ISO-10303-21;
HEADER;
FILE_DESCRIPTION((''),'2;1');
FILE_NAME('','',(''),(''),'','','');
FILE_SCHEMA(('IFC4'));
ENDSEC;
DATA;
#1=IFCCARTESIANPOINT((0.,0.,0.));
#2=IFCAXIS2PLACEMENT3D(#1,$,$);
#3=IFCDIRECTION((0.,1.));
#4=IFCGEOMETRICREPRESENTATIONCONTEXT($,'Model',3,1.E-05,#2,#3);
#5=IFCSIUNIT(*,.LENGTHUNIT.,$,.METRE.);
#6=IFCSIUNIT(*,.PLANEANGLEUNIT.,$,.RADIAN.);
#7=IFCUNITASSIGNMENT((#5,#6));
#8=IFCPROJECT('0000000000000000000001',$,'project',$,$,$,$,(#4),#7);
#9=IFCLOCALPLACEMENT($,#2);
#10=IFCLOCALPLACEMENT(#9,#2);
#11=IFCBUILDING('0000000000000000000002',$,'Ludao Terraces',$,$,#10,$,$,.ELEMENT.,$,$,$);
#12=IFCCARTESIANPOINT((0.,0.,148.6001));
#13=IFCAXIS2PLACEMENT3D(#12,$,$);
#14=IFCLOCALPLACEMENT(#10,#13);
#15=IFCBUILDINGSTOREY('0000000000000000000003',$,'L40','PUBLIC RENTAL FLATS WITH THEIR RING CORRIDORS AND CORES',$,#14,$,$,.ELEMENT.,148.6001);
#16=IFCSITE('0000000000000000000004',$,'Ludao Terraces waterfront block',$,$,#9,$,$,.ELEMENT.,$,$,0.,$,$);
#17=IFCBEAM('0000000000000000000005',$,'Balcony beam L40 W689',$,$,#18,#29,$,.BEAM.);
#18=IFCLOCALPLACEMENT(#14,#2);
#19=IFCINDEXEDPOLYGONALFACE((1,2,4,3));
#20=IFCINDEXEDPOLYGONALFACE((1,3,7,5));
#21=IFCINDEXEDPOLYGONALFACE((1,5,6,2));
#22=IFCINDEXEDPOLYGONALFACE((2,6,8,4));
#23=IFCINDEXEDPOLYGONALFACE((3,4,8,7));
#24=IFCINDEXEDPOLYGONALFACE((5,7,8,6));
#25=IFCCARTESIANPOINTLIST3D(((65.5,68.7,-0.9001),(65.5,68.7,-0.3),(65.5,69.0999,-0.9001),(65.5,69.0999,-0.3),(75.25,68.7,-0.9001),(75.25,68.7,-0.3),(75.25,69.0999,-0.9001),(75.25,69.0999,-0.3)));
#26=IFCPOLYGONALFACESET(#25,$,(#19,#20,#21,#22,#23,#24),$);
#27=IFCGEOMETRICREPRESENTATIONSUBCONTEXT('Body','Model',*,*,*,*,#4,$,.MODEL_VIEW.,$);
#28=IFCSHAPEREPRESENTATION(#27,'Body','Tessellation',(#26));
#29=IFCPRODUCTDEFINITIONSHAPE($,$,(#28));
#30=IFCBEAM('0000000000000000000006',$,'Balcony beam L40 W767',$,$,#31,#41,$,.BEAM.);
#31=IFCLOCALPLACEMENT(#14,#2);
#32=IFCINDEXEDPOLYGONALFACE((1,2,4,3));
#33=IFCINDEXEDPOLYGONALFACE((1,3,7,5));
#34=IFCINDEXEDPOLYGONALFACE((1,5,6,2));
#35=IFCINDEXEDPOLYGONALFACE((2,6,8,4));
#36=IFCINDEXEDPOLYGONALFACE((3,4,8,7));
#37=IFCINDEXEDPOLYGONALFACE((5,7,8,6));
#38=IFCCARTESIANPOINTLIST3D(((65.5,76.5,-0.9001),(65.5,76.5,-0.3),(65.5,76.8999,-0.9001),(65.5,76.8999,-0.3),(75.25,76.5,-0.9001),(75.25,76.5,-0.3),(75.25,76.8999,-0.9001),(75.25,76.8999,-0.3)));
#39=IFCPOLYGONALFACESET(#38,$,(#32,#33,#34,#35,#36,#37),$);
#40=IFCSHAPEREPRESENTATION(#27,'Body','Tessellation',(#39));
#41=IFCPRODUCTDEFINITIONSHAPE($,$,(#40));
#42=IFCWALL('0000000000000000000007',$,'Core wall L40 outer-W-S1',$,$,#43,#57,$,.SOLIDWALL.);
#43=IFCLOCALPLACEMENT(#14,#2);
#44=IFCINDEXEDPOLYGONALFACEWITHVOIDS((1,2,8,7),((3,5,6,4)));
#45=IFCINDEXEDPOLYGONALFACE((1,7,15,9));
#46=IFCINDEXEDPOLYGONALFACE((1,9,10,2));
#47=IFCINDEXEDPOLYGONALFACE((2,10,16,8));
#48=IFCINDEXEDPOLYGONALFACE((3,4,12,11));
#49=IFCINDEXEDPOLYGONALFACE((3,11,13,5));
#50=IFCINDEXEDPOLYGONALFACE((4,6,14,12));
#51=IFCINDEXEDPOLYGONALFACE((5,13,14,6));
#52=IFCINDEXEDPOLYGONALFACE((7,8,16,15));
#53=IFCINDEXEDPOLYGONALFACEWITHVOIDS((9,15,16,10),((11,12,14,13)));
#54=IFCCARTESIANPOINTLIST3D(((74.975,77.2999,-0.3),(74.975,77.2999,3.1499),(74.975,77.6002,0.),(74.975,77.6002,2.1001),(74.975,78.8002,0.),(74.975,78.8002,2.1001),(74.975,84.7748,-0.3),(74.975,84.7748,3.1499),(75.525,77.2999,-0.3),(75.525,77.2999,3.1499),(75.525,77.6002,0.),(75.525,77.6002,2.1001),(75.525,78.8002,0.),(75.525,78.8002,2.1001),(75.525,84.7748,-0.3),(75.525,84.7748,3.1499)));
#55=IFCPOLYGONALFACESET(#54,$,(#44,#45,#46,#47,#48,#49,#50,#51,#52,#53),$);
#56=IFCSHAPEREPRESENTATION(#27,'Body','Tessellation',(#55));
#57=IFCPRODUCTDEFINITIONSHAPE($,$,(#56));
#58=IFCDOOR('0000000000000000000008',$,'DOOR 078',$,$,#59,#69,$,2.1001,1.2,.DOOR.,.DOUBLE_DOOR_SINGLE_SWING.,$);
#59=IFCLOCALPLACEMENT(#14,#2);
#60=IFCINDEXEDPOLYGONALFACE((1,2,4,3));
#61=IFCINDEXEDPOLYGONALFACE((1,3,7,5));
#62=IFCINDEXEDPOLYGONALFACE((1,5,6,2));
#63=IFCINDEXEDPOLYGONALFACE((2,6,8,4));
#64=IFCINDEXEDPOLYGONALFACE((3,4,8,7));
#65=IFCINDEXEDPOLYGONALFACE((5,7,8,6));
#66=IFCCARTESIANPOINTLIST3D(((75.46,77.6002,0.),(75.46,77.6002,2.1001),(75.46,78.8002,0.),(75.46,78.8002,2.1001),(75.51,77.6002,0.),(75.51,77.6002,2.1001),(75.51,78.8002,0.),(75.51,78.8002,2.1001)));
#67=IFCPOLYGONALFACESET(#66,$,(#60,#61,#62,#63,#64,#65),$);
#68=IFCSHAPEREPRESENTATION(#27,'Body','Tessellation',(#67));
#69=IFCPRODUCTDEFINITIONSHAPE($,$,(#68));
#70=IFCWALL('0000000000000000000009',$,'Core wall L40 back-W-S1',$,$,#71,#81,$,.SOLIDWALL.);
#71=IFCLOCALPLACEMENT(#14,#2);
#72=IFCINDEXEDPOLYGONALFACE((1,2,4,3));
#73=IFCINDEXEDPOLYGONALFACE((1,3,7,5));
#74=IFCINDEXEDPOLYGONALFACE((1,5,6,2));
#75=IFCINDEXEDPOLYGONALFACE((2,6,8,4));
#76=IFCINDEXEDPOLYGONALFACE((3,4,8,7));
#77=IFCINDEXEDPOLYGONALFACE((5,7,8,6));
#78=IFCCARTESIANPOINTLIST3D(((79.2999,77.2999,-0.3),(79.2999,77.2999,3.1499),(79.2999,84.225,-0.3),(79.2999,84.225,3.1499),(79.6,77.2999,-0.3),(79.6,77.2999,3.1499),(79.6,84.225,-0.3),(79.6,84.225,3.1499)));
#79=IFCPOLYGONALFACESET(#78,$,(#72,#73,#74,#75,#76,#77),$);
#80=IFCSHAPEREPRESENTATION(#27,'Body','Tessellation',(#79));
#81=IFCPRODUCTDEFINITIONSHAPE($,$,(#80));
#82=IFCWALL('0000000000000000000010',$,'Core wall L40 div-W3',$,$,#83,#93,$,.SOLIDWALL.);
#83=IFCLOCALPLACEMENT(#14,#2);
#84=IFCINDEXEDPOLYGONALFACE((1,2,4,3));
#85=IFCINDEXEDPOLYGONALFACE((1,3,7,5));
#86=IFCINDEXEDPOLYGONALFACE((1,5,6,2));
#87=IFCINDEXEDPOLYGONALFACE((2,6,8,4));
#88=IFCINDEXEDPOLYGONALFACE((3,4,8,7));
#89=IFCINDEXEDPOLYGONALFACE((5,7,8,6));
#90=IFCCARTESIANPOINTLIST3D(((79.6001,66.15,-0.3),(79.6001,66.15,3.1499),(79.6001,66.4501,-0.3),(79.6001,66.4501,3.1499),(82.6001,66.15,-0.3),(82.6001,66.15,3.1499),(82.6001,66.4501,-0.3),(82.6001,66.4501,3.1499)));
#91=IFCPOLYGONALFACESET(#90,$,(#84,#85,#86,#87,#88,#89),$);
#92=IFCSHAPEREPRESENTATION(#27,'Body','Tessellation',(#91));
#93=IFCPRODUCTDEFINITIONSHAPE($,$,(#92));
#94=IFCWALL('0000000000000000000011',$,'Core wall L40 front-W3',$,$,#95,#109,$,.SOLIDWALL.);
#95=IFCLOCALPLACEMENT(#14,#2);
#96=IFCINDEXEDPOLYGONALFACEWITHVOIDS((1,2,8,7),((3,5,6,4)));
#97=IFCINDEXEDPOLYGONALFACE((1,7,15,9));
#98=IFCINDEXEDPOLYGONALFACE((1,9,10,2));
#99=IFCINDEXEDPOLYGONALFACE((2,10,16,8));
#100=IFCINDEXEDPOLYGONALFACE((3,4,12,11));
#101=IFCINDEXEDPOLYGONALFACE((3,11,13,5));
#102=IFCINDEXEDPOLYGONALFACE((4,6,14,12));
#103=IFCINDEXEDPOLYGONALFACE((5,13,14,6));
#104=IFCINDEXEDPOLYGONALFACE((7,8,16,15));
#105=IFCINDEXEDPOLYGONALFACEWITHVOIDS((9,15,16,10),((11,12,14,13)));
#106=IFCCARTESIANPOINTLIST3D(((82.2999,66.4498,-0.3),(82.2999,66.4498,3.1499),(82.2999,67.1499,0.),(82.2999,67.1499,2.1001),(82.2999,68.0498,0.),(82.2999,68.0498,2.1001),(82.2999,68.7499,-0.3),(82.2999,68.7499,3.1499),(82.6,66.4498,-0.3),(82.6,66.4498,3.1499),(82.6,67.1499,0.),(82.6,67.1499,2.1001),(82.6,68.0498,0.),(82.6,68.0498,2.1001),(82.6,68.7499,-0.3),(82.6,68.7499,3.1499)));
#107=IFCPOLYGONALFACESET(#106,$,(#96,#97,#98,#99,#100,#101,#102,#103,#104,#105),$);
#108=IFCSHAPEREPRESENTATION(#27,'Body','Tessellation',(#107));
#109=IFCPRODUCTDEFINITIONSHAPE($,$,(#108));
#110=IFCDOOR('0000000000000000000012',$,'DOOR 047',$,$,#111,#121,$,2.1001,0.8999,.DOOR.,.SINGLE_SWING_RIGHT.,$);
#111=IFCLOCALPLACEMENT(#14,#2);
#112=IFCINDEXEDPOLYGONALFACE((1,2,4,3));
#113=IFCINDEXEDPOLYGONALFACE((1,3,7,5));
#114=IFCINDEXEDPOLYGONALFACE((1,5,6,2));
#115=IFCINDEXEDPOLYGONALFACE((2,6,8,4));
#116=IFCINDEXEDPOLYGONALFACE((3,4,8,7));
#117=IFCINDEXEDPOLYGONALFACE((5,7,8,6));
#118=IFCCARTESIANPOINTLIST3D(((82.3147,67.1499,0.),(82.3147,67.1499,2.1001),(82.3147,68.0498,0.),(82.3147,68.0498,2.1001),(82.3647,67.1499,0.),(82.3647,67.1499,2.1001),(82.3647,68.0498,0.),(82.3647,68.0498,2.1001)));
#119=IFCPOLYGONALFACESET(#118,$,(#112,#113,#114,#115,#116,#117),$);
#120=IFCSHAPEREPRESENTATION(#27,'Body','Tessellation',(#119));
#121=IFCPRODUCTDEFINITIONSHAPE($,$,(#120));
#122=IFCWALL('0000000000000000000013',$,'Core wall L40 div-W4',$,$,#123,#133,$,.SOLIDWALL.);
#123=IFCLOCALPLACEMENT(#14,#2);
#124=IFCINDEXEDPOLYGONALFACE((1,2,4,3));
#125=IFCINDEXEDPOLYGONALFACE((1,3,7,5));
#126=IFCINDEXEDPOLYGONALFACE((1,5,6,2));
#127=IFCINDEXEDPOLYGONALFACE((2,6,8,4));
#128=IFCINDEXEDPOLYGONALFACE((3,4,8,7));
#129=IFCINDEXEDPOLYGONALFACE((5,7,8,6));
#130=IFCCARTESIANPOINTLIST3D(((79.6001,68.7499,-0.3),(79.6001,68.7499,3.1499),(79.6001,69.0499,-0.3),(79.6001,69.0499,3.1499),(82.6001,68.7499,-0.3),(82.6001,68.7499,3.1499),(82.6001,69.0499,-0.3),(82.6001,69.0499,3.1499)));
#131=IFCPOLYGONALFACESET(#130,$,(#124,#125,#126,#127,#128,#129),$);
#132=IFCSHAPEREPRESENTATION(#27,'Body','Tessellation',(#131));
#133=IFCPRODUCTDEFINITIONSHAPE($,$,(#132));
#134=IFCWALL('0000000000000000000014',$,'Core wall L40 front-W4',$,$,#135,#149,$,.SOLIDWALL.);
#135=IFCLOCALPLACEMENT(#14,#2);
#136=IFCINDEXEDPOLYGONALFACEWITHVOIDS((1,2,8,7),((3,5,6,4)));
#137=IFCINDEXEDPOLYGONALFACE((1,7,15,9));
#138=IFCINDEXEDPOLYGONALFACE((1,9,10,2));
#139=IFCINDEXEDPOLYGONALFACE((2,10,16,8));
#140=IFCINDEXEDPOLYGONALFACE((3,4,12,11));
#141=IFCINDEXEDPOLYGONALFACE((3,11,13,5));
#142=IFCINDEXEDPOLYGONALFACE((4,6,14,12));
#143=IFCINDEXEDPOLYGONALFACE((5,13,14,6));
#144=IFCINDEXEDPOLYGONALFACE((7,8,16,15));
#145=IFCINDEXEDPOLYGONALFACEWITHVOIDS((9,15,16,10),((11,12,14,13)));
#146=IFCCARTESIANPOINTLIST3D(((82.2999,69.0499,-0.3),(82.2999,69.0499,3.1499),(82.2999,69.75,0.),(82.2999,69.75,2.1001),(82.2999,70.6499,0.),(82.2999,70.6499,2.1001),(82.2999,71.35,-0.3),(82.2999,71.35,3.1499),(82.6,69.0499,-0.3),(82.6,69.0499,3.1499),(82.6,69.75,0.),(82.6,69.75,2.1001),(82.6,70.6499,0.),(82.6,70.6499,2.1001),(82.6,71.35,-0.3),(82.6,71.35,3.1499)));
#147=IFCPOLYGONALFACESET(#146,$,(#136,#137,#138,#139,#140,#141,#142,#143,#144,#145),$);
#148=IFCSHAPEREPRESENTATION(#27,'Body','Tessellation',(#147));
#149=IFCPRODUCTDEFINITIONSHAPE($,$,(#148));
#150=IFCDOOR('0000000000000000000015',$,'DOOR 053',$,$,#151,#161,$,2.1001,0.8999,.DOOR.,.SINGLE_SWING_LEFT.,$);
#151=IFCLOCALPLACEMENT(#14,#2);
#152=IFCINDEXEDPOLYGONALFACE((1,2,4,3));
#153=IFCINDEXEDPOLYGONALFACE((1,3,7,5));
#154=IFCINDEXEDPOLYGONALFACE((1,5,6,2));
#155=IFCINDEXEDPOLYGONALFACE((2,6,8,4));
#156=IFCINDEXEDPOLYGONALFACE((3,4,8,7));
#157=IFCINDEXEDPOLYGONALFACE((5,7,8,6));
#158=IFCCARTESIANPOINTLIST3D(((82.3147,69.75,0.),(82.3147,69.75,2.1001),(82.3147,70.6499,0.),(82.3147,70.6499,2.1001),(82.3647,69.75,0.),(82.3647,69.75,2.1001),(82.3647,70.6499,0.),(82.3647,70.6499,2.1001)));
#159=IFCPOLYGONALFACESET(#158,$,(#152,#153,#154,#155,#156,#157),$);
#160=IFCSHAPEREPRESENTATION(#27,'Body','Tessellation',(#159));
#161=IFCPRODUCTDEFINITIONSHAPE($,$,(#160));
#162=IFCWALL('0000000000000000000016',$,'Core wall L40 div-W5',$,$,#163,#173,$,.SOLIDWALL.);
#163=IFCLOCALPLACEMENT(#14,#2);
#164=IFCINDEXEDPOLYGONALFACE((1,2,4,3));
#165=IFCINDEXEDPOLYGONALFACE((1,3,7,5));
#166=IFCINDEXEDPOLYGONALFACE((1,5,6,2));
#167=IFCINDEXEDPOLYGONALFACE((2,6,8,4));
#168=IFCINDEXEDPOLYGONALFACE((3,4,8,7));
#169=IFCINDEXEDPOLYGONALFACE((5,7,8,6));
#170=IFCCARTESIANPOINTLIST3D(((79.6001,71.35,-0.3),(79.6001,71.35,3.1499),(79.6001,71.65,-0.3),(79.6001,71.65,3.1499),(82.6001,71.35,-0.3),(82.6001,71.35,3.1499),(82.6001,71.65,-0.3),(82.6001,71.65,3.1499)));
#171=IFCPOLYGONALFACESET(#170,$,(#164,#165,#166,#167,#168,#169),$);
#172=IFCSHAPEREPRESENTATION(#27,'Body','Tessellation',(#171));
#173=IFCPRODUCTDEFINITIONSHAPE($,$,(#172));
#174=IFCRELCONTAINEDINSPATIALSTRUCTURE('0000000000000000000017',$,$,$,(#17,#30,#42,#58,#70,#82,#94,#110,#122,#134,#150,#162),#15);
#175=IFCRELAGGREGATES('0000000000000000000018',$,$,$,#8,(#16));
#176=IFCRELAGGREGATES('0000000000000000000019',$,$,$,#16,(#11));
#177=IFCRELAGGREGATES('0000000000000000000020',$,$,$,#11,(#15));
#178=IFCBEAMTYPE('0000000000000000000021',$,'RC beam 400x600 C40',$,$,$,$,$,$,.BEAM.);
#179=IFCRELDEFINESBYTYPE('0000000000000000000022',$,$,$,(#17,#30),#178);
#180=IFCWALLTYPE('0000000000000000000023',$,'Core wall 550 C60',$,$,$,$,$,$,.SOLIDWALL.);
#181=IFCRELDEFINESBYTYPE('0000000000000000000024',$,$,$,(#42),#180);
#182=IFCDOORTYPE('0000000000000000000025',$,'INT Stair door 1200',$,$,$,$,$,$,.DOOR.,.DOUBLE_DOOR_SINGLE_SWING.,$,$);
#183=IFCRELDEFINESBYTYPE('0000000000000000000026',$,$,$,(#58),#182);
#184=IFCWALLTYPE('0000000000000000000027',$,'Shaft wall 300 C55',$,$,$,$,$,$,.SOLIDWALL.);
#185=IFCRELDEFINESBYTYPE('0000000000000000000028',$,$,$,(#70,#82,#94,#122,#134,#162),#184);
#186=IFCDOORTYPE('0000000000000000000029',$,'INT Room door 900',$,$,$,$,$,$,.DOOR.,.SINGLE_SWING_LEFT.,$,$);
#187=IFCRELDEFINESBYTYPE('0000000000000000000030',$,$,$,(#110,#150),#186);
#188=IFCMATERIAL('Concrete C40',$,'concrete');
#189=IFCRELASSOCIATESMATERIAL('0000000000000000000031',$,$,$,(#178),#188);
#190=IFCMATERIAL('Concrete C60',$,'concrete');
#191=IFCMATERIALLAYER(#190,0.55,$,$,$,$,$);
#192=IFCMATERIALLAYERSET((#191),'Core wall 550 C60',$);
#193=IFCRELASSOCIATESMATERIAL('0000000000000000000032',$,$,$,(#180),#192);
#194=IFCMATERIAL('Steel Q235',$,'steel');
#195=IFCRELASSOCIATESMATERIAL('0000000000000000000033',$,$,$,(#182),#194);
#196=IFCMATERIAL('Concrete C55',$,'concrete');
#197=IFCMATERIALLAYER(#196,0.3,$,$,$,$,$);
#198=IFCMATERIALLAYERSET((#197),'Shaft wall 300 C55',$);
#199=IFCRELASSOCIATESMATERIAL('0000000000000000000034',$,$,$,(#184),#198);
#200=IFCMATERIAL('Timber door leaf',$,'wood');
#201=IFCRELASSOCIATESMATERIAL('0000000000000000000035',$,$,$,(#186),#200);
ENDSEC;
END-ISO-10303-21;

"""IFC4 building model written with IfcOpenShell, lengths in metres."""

from ifc_helpers import new_model, si_unit, direction, frame, frame_2d, origin, origin_2d, place, context, subcontext, project, spatial, rectangle, extrude, material, layer, layer_set, material_profile, profile_set, type_object, element, fill, save


model = new_model("IFC4")

# Units and contexts
model_context = context("Model", 3, precision=1e-05, world=origin(), true_north=direction((0.0, 1.0)))
body_context = subcontext(model_context, "Body", "Model", "MODEL_VIEW")
ifc_project = project(units=[si_unit("LENGTHUNIT", "METRE"), si_unit("PLANEANGLEUNIT", "RADIAN")], contexts=[model_context])

# Site, building, storey
site_placement = place(None, origin())
site = spatial("IfcSite", under=ifc_project, at=site_placement, Name="Ludao Terraces waterfront block", CompositionType="ELEMENT", RefElevation=0.0)
building_placement = place(site_placement, origin())
building = spatial("IfcBuilding", under=site, at=building_placement, Name="Ludao Terraces", CompositionType="ELEMENT")
storey_placement = place(building_placement, frame((0.0, 0.0, 148.6001)))
storey = spatial("IfcBuildingStorey", under=building, at=storey_placement, Name="L40", Description="PUBLIC RENTAL FLATS WITH THEIR RING CORRIDORS AND CORES", CompositionType="ELEMENT", Elevation=148.6001)

# Beams
ifc_material_1 = material(Name="Concrete C40", Category="concrete")
ifc_material_profile = material_profile(ifc_material_1, rectangle(XDim=0.3999, YDim=0.6001, at=origin_2d()), Name="400 X 600")
ifc_profile_set = profile_set([ifc_material_profile], Name="Concrete C40")
beam_type = type_object("IfcBeamType", Name="RC beam 400x600 C40", PredefinedType="BEAM", material=ifc_profile_set)
for number, where, z_axis, x_axis, name in (
    (1, (75.25, 68.8999, -0.6001), (-1.0, 0.0, 0.0), (0.0, -1.0, 0.0), "Balcony beam L40 W689"),
    (2, (75.25, 76.7, -0.6001), (-1.0, 0.0, 0.0), (0.0, -1.0, 0.0), "Balcony beam L40 W767"),
):
    element("IfcBeam", number, at=place(storey_placement, frame(where, z_axis=z_axis, x_axis=x_axis)), inside=storey, type_object=beam_type, Name=name, PredefinedType="BEAM", context=body_context, shape_type="SweptSolid", body=[
        extrude(rectangle(XDim=0.3999, YDim=0.6001, at=origin_2d()), origin(), (0.0, 0.0, 1.0), 9.75),
    ])

# Wall, opening, door
ifc_material_2 = material(Name="Concrete C60", Category="concrete")
ifc_layer_1 = layer(ifc_material_2, 0.55)
ifc_layer_set_1 = layer_set([ifc_layer_1], Name="Core wall 550 C60")
wall_type_1 = type_object("IfcWallType", Name="Core wall 550 C60", PredefinedType="SOLIDWALL", material=ifc_layer_set_1)
wall_1_placement = place(storey_placement, frame((75.25, 77.3, -0.3), z_axis=(0.0, 0.0, 1.0), x_axis=(0.0, 1.0, 0.0)))
wall_1 = element("IfcWall", 3, at=wall_1_placement, inside=storey, type_object=wall_type_1, Name="Core wall L40 outer-W-S1", PredefinedType="SOLIDWALL", context=body_context, shape_type="SweptSolid", body=[
    extrude(rectangle(XDim=7.4749, YDim=0.55, at=frame_2d((3.7373, 0.0))), origin(), (0.0, 0.0, 1.0), 3.45),
])
opening_1_placement = place(wall_1_placement, frame((0.3, 0.0, 0.3)))
opening_1 = element("IfcOpeningElement", 4, at=opening_1_placement, cuts=wall_1, PredefinedType="OPENING", context=body_context, shape_type="SweptSolid", body=[
    extrude(rectangle(XDim=1.2, YDim=2.1001, at=frame_2d((0.6001, 1.05))), frame((0.0, 0.2852, 0.0), z_axis=(0.0, -1.0, 0.0), x_axis=(1.0, 0.0, 0.0)), (0.0, 0.0, 1.0), 0.5701),
])
ifc_material_3 = material(Name="Steel Q235", Category="steel")
door_type_1 = type_object("IfcDoorType", Name="INT Stair door 1200", OperationType="DOUBLE_DOOR_SINGLE_SWING", PredefinedType="DOOR", material=ifc_material_3)
door_1_placement = place(opening_1_placement, origin())
door_1 = element("IfcDoor", 5, at=door_1_placement, inside=storey, type_object=door_type_1, Name="DOOR 078", OperationType="DOUBLE_DOOR_SINGLE_SWING", OverallHeight=2.1001, OverallWidth=1.2, PredefinedType="DOOR", context=body_context, shape_type="SweptSolid", body=[
    extrude(rectangle(XDim=1.2, YDim=2.1001, at=frame_2d((0.6001, 1.05))), frame((0.0, -0.21, 0.0), z_axis=(0.0, -1.0, 0.0), x_axis=(1.0, 0.0, 0.0)), (0.0, 0.0, 1.0), 0.05),
])
fill(opening_1, door_1)

# Walls
ifc_material_4 = material(Name="Concrete C55", Category="concrete")
ifc_layer_2 = layer(ifc_material_4, 0.3)
ifc_layer_set_2 = layer_set([ifc_layer_2], Name="Shaft wall 300 C55")
wall_type_2 = type_object("IfcWallType", Name="Shaft wall 300 C55", PredefinedType="SOLIDWALL", material=ifc_layer_set_2)
wall_2_placement = place(storey_placement, frame((79.45, 77.3, -0.3), z_axis=(0.0, 0.0, 1.0), x_axis=(0.0, 1.0, 0.0)))
element("IfcWall", 6, at=wall_2_placement, inside=storey, type_object=wall_type_2, Name="Core wall L40 back-W-S1", PredefinedType="SOLIDWALL", context=body_context, shape_type="SweptSolid", body=[
    extrude(rectangle(XDim=6.925, YDim=0.3, at=frame_2d((3.4624, 0.0))), origin(), (0.0, 0.0, 1.0), 3.45),
])
wall_3_placement = place(storey_placement, frame((79.6001, 66.3, -0.3), z_axis=(0.0, 0.0, 1.0), x_axis=(1.0, 0.0, 0.0)))
element("IfcWall", 7, at=wall_3_placement, inside=storey, type_object=wall_type_2, Name="Core wall L40 div-W3", PredefinedType="SOLIDWALL", context=body_context, shape_type="SweptSolid", body=[
    extrude(rectangle(XDim=3.0, YDim=0.3, at=frame_2d((1.5, 0.0))), origin(), (0.0, 0.0, 1.0), 3.45),
])

# Wall, opening, door
wall_4_placement = place(storey_placement, frame((82.45, 66.45, -0.3), z_axis=(0.0, 0.0, 1.0), x_axis=(0.0, 1.0, 0.0)))
wall_4 = element("IfcWall", 8, at=wall_4_placement, inside=storey, type_object=wall_type_2, Name="Core wall L40 front-W3", PredefinedType="SOLIDWALL", context=body_context, shape_type="SweptSolid", body=[
    extrude(rectangle(XDim=2.3, YDim=0.3, at=frame_2d((1.1499, 0.0))), origin(), (0.0, 0.0, 1.0), 3.45),
])
opening_2_placement = place(wall_4_placement, frame((0.7, 0.0, 0.3)))
opening_2 = element("IfcOpeningElement", 9, at=opening_2_placement, cuts=wall_4, PredefinedType="OPENING", context=body_context, shape_type="SweptSolid", body=[
    extrude(rectangle(XDim=0.8999, YDim=2.1001, at=frame_2d((0.45, 1.05))), frame((0.0, 0.1602, 0.0), z_axis=(0.0, -1.0, 0.0), x_axis=(1.0, 0.0, 0.0)), (0.0, 0.0, 1.0), 0.3201),
])
ifc_material_5 = material(Name="Timber door leaf", Category="wood")
door_type_2 = type_object("IfcDoorType", Name="INT Room door 900", OperationType="SINGLE_SWING_LEFT", PredefinedType="DOOR", material=ifc_material_5)
door_2_placement = place(opening_2_placement, origin())
door_2 = element("IfcDoor", 10, at=door_2_placement, inside=storey, type_object=door_type_2, Name="DOOR 047", OperationType="SINGLE_SWING_RIGHT", OverallHeight=2.1001, OverallWidth=0.8999, PredefinedType="DOOR", context=body_context, shape_type="SweptSolid", body=[
    extrude(rectangle(XDim=0.8999, YDim=2.1001, at=frame_2d((0.45, 1.05))), frame((0.0, 0.1353, 0.0), z_axis=(0.0, -1.0, 0.0), x_axis=(1.0, 0.0, 0.0)), (0.0, 0.0, 1.0), 0.05),
])
fill(opening_2, door_2)

# Wall
wall_5_placement = place(storey_placement, frame((79.6001, 68.8999, -0.3), z_axis=(0.0, 0.0, 1.0), x_axis=(1.0, 0.0, 0.0)))
element("IfcWall", 11, at=wall_5_placement, inside=storey, type_object=wall_type_2, Name="Core wall L40 div-W4", PredefinedType="SOLIDWALL", context=body_context, shape_type="SweptSolid", body=[
    extrude(rectangle(XDim=3.0, YDim=0.3, at=frame_2d((1.5, 0.0))), origin(), (0.0, 0.0, 1.0), 3.45),
])

# Wall, opening, door
wall_6_placement = place(storey_placement, frame((82.45, 69.05, -0.3), z_axis=(0.0, 0.0, 1.0), x_axis=(0.0, 1.0, 0.0)))
wall_6 = element("IfcWall", 12, at=wall_6_placement, inside=storey, type_object=wall_type_2, Name="Core wall L40 front-W4", PredefinedType="SOLIDWALL", context=body_context, shape_type="SweptSolid", body=[
    extrude(rectangle(XDim=2.3, YDim=0.3, at=frame_2d((1.1499, 0.0))), origin(), (0.0, 0.0, 1.0), 3.45),
])
opening_3_placement = place(wall_6_placement, frame((0.7, 0.0, 0.3)))
opening_3 = element("IfcOpeningElement", 13, at=opening_3_placement, cuts=wall_6, PredefinedType="OPENING", context=body_context, shape_type="SweptSolid", body=[
    extrude(rectangle(XDim=0.8999, YDim=2.1001, at=frame_2d((0.45, 1.05))), frame((0.0, 0.1602, 0.0), z_axis=(0.0, -1.0, 0.0), x_axis=(1.0, 0.0, 0.0)), (0.0, 0.0, 1.0), 0.3201),
])
door_3_placement = place(opening_3_placement, origin())
door_3 = element("IfcDoor", 14, at=door_3_placement, inside=storey, type_object=door_type_2, Name="DOOR 053", OperationType="SINGLE_SWING_LEFT", OverallHeight=2.1001, OverallWidth=0.8999, PredefinedType="DOOR", context=body_context, shape_type="SweptSolid", body=[
    extrude(rectangle(XDim=0.8999, YDim=2.1001, at=frame_2d((0.45, 1.05))), frame((0.0, 0.1353, 0.0), z_axis=(0.0, -1.0, 0.0), x_axis=(1.0, 0.0, 0.0)), (0.0, 0.0, 1.0), 0.05),
])
fill(opening_3, door_3)

# Wall
wall_7_placement = place(storey_placement, frame((79.6001, 71.5, -0.3), z_axis=(0.0, 0.0, 1.0), x_axis=(1.0, 0.0, 0.0)))
element("IfcWall", 15, at=wall_7_placement, inside=storey, type_object=wall_type_2, Name="Core wall L40 div-W5", PredefinedType="SOLIDWALL", context=body_context, shape_type="SweptSolid", body=[
    extrude(rectangle(XDim=3.0, YDim=0.3, at=frame_2d((1.5, 0.0))), origin(), (0.0, 0.0, 1.0), 3.45),
])

save(model, "model.ifc")
